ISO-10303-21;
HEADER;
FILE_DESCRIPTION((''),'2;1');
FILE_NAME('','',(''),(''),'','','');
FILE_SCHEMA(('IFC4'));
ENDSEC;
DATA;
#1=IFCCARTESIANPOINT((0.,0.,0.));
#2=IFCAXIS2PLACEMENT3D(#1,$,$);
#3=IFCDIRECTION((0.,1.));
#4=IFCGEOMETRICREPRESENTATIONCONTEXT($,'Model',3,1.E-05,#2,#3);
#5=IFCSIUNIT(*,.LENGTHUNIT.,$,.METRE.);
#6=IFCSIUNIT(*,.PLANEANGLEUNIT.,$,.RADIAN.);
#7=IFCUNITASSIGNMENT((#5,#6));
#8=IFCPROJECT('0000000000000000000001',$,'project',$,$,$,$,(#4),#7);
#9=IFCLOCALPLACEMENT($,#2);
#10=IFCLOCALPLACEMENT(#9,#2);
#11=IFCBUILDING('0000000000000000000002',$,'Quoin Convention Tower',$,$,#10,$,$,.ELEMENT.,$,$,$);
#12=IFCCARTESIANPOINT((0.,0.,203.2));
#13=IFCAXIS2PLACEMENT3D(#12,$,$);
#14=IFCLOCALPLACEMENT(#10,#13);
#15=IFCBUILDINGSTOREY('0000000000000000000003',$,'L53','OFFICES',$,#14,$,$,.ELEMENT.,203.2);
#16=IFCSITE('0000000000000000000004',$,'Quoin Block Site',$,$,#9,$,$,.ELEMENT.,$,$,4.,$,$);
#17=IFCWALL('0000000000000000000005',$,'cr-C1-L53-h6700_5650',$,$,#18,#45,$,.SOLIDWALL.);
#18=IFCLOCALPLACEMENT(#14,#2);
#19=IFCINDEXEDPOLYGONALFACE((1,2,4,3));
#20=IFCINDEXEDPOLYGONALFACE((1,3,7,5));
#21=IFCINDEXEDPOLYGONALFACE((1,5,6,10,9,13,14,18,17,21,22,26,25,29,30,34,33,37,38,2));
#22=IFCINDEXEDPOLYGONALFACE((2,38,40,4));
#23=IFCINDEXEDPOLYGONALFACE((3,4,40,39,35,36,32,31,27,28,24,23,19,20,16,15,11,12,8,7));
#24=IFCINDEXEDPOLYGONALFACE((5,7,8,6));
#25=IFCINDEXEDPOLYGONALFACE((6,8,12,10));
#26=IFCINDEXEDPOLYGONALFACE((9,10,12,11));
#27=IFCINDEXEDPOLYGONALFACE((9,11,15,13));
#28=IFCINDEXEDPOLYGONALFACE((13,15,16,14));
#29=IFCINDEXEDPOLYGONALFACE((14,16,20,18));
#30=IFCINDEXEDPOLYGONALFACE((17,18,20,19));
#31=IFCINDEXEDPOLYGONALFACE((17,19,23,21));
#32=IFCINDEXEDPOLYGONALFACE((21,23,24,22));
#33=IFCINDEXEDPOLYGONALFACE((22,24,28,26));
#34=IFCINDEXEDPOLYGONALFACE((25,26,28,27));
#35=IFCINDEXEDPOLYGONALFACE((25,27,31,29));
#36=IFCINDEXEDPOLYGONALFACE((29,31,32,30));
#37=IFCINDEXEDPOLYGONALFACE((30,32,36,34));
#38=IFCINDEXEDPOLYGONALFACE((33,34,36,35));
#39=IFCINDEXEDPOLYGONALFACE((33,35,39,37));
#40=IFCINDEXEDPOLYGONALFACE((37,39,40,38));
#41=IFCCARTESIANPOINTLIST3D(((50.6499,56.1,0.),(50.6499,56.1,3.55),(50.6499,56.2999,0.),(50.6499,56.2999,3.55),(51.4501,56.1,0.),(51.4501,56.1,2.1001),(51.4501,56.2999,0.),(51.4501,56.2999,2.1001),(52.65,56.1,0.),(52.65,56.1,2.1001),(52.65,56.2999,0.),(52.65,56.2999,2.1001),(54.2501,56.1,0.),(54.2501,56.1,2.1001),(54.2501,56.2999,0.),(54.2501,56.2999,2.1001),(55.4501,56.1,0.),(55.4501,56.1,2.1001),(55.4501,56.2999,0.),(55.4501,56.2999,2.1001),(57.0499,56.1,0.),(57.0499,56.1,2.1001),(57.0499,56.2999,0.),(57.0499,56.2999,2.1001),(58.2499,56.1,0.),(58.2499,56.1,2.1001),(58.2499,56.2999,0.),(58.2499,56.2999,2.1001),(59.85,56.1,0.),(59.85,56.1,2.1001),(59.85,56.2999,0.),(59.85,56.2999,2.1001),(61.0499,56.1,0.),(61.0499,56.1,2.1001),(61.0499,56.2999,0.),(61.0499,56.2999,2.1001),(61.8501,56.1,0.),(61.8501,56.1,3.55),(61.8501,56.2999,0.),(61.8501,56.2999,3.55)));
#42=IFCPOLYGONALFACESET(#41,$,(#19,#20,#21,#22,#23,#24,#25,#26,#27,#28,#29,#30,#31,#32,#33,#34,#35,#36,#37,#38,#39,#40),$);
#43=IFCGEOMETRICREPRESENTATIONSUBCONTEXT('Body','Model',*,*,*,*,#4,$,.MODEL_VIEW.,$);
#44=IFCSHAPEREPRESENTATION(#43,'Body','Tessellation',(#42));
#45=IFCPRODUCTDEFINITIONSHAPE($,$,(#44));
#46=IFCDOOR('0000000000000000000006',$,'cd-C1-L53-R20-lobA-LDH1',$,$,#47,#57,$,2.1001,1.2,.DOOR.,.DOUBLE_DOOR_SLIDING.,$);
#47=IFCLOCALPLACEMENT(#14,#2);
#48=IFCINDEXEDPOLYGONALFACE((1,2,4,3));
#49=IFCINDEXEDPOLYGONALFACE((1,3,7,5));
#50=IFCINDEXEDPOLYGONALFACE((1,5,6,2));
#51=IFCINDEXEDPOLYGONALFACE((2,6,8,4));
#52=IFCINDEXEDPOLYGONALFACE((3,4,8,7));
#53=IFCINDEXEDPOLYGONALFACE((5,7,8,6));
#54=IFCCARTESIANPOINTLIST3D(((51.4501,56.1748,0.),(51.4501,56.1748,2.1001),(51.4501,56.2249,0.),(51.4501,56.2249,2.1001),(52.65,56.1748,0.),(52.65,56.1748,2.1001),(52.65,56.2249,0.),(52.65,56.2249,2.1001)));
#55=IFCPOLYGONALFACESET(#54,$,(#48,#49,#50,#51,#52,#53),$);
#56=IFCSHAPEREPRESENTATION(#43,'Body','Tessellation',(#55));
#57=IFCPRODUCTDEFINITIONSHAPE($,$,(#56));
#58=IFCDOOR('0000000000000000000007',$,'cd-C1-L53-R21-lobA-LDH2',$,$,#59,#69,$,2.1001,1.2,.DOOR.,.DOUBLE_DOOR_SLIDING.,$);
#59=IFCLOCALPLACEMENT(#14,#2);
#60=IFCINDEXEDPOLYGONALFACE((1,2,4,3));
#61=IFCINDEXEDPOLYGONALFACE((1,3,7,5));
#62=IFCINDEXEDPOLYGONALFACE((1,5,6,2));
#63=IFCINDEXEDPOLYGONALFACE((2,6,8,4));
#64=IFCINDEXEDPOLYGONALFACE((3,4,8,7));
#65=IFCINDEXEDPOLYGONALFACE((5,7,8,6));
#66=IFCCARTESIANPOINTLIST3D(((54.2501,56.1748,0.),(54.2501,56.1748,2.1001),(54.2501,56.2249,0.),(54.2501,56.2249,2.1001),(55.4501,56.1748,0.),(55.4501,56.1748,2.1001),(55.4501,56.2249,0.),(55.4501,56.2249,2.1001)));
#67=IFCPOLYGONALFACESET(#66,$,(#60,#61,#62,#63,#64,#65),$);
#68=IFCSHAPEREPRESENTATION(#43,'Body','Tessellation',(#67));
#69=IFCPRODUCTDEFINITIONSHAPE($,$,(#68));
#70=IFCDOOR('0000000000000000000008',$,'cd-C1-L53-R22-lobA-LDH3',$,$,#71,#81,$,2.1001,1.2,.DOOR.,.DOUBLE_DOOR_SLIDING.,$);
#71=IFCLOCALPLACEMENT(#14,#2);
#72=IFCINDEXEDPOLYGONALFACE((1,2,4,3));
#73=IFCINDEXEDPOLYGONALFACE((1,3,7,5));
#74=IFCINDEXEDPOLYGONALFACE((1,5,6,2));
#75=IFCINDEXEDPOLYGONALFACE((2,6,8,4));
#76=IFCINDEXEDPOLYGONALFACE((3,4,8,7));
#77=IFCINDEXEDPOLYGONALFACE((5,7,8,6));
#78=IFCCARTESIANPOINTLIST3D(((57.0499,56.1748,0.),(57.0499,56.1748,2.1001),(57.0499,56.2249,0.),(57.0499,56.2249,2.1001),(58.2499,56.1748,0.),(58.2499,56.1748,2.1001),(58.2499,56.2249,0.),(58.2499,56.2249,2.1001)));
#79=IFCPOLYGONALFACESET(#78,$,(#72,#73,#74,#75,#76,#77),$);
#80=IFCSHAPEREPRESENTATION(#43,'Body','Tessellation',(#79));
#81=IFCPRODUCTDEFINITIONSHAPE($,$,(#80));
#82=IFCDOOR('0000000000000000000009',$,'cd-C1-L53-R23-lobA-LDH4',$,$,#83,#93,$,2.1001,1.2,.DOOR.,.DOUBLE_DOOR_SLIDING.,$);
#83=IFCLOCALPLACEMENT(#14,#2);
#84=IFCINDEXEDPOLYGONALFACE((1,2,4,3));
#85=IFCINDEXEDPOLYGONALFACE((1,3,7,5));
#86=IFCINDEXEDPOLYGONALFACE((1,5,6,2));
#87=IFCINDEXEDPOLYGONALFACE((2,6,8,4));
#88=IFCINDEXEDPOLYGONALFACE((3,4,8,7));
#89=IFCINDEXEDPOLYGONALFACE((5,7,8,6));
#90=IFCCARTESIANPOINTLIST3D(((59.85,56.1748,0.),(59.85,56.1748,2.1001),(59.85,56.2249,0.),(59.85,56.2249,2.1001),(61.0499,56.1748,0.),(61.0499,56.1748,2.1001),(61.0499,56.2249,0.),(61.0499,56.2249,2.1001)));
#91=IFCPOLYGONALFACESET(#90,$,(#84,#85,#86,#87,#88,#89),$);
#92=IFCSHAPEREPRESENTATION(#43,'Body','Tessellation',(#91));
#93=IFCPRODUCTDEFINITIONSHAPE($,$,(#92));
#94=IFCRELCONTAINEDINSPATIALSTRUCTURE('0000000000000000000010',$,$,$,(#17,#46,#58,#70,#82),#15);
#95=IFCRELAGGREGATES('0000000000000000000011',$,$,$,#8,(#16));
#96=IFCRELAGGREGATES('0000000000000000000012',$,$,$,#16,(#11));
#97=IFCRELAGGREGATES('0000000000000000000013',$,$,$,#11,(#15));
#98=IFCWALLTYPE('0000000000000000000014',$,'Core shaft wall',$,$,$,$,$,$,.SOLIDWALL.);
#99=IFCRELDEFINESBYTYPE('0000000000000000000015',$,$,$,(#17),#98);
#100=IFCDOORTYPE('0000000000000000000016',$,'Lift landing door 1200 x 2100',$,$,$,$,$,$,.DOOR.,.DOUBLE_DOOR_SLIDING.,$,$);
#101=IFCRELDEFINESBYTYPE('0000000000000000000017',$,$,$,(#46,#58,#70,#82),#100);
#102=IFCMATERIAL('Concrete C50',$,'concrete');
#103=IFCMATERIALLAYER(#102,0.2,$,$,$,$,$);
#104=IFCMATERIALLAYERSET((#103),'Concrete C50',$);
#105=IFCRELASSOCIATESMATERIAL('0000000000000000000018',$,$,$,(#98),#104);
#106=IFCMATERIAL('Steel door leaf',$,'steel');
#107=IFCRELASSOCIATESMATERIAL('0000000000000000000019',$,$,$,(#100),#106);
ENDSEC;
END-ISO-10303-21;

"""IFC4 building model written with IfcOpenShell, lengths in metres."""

from ifc_helpers import new_model, si_unit, direction, frame, frame_2d, origin, place, context, subcontext, project, spatial, rectangle, extrude, material, layer, layer_set, type_object, element, fill, save


model = new_model("IFC4")

# Units and contexts
model_context = context("Model", 3, precision=1e-05, world=origin(), true_north=direction((0.0, 1.0)))
body_context = subcontext(model_context, "Body", "Model", "MODEL_VIEW")
ifc_project = project(units=[si_unit("LENGTHUNIT", "METRE"), si_unit("PLANEANGLEUNIT", "RADIAN")], contexts=[model_context])

# Site, building, storey
site_placement = place(None, origin())
site = spatial("IfcSite", under=ifc_project, at=site_placement, Name="Quoin Block Site", CompositionType="ELEMENT", RefElevation=4.0)
building_placement = place(site_placement, origin())
building = spatial("IfcBuilding", under=site, at=building_placement, Name="Quoin Convention Tower", CompositionType="ELEMENT")
storey_placement = place(building_placement, frame((0.0, 0.0, 203.2)))
storey = spatial("IfcBuildingStorey", under=building, at=storey_placement, Name="L53", Description="OFFICES", CompositionType="ELEMENT", Elevation=203.2)

# Wall, openings, doors
ifc_material_1 = material(Name="Steel door leaf", Category="steel")
ifc_material_2 = material(Name="Concrete C50", Category="concrete")
ifc_layer_1 = layer(ifc_material_2, 0.2)
ifc_layer_set_1 = layer_set([ifc_layer_1], Name="Concrete C50")
wall_type_1 = type_object("IfcWallType", Name="Core shaft wall", PredefinedType="SOLIDWALL", material=ifc_layer_set_1)
wall_1_placement = place(storey_placement, frame((50.6499, 56.2, 0.0), z_axis=(0.0, 0.0, 1.0), x_axis=(1.0, 0.0, 0.0)))
wall_1 = element("IfcWall", 1, at=wall_1_placement, inside=storey, type_object=wall_type_1, Name="cr-C1-L53-h6700_5650", PredefinedType="SOLIDWALL", context=body_context, shape_type="SweptSolid", body=[
    extrude(rectangle(XDim=11.2002, YDim=0.2, at=frame_2d((5.6001, 0.0))), origin(), (0.0, 0.0, 1.0), 3.55),
])
opening_1_placement = place(wall_1_placement, frame((0.8, 0.0, 0.0)))
opening_1 = element("IfcOpeningElement", 2, at=opening_1_placement, cuts=wall_1, PredefinedType="OPENING", context=body_context, shape_type="SweptSolid", body=[
    extrude(rectangle(XDim=1.2, YDim=2.1001, at=frame_2d((0.6001, 1.05))), frame((0.0, 0.1099, 0.0), z_axis=(0.0, -1.0, 0.0), x_axis=(1.0, 0.0, 0.0)), (0.0, 0.0, 1.0), 0.22),
])
opening_2_placement = place(wall_1_placement, frame((3.6001, 0.0, 0.0)))
opening_2 = element("IfcOpeningElement", 3, at=opening_2_placement, cuts=wall_1, PredefinedType="OPENING", context=body_context, shape_type="SweptSolid", body=[
    extrude(rectangle(XDim=1.2, YDim=2.1001, at=frame_2d((0.6001, 1.05))), frame((0.0, 0.1099, 0.0), z_axis=(0.0, -1.0, 0.0), x_axis=(1.0, 0.0, 0.0)), (0.0, 0.0, 1.0), 0.22),
])
opening_3_placement = place(wall_1_placement, frame((6.3999, 0.0, 0.0)))
opening_3 = element("IfcOpeningElement", 4, at=opening_3_placement, cuts=wall_1, PredefinedType="OPENING", context=body_context, shape_type="SweptSolid", body=[
    extrude(rectangle(XDim=1.2, YDim=2.1001, at=frame_2d((0.6001, 1.05))), frame((0.0, 0.1099, 0.0), z_axis=(0.0, -1.0, 0.0), x_axis=(1.0, 0.0, 0.0)), (0.0, 0.0, 1.0), 0.22),
])
opening_4_placement = place(wall_1_placement, frame((9.2, 0.0, 0.0)))
opening_4 = element("IfcOpeningElement", 5, at=opening_4_placement, cuts=wall_1, PredefinedType="OPENING", context=body_context, shape_type="SweptSolid", body=[
    extrude(rectangle(XDim=1.2, YDim=2.1001, at=frame_2d((0.6001, 1.05))), frame((0.0, 0.1099, 0.0), z_axis=(0.0, -1.0, 0.0), x_axis=(1.0, 0.0, 0.0)), (0.0, 0.0, 1.0), 0.22),
])
door_type_1 = type_object("IfcDoorType", Name="Lift landing door 1200 x 2100", OperationType="DOUBLE_DOOR_SLIDING", PredefinedType="DOOR", material=ifc_material_1)
door_1_placement = place(opening_1_placement, origin())
door_1 = element("IfcDoor", 6, at=door_1_placement, inside=storey, type_object=door_type_1, Name="cd-C1-L53-R20-lobA-LDH1", OperationType="DOUBLE_DOOR_SLIDING", OverallHeight=2.1001, OverallWidth=1.2, PredefinedType="DOOR", context=body_context, shape_type="SweptSolid", body=[
    extrude(rectangle(XDim=1.2, YDim=2.1001, at=frame_2d((0.6001, 1.05))), frame((0.0, 0.0249, 0.0), z_axis=(0.0, -1.0, 0.0), x_axis=(1.0, 0.0, 0.0)), (0.0, 0.0, 1.0), 0.05),
])
fill(opening_1, door_1)
door_2_placement = place(opening_2_placement, origin())
door_2 = element("IfcDoor", 7, at=door_2_placement, inside=storey, type_object=door_type_1, Name="cd-C1-L53-R21-lobA-LDH2", OperationType="DOUBLE_DOOR_SLIDING", OverallHeight=2.1001, OverallWidth=1.2, PredefinedType="DOOR", context=body_context, shape_type="SweptSolid", body=[
    extrude(rectangle(XDim=1.2, YDim=2.1001, at=frame_2d((0.6001, 1.05))), frame((0.0, 0.0249, 0.0), z_axis=(0.0, -1.0, 0.0), x_axis=(1.0, 0.0, 0.0)), (0.0, 0.0, 1.0), 0.05),
])
fill(opening_2, door_2)
door_3_placement = place(opening_3_placement, origin())
door_3 = element("IfcDoor", 8, at=door_3_placement, inside=storey, type_object=door_type_1, Name="cd-C1-L53-R22-lobA-LDH3", OperationType="DOUBLE_DOOR_SLIDING", OverallHeight=2.1001, OverallWidth=1.2, PredefinedType="DOOR", context=body_context, shape_type="SweptSolid", body=[
    extrude(rectangle(XDim=1.2, YDim=2.1001, at=frame_2d((0.6001, 1.05))), frame((0.0, 0.0249, 0.0), z_axis=(0.0, -1.0, 0.0), x_axis=(1.0, 0.0, 0.0)), (0.0, 0.0, 1.0), 0.05),
])
fill(opening_3, door_3)
door_4_placement = place(opening_4_placement, origin())
door_4 = element("IfcDoor", 9, at=door_4_placement, inside=storey, type_object=door_type_1, Name="cd-C1-L53-R23-lobA-LDH4", OperationType="DOUBLE_DOOR_SLIDING", OverallHeight=2.1001, OverallWidth=1.2, PredefinedType="DOOR", context=body_context, shape_type="SweptSolid", body=[
    extrude(rectangle(XDim=1.2, YDim=2.1001, at=frame_2d((0.6001, 1.05))), frame((0.0, 0.0249, 0.0), z_axis=(0.0, -1.0, 0.0), x_axis=(1.0, 0.0, 0.0)), (0.0, 0.0, 1.0), 0.05),
])
fill(opening_4, door_4)

save(model, "model.ifc")
